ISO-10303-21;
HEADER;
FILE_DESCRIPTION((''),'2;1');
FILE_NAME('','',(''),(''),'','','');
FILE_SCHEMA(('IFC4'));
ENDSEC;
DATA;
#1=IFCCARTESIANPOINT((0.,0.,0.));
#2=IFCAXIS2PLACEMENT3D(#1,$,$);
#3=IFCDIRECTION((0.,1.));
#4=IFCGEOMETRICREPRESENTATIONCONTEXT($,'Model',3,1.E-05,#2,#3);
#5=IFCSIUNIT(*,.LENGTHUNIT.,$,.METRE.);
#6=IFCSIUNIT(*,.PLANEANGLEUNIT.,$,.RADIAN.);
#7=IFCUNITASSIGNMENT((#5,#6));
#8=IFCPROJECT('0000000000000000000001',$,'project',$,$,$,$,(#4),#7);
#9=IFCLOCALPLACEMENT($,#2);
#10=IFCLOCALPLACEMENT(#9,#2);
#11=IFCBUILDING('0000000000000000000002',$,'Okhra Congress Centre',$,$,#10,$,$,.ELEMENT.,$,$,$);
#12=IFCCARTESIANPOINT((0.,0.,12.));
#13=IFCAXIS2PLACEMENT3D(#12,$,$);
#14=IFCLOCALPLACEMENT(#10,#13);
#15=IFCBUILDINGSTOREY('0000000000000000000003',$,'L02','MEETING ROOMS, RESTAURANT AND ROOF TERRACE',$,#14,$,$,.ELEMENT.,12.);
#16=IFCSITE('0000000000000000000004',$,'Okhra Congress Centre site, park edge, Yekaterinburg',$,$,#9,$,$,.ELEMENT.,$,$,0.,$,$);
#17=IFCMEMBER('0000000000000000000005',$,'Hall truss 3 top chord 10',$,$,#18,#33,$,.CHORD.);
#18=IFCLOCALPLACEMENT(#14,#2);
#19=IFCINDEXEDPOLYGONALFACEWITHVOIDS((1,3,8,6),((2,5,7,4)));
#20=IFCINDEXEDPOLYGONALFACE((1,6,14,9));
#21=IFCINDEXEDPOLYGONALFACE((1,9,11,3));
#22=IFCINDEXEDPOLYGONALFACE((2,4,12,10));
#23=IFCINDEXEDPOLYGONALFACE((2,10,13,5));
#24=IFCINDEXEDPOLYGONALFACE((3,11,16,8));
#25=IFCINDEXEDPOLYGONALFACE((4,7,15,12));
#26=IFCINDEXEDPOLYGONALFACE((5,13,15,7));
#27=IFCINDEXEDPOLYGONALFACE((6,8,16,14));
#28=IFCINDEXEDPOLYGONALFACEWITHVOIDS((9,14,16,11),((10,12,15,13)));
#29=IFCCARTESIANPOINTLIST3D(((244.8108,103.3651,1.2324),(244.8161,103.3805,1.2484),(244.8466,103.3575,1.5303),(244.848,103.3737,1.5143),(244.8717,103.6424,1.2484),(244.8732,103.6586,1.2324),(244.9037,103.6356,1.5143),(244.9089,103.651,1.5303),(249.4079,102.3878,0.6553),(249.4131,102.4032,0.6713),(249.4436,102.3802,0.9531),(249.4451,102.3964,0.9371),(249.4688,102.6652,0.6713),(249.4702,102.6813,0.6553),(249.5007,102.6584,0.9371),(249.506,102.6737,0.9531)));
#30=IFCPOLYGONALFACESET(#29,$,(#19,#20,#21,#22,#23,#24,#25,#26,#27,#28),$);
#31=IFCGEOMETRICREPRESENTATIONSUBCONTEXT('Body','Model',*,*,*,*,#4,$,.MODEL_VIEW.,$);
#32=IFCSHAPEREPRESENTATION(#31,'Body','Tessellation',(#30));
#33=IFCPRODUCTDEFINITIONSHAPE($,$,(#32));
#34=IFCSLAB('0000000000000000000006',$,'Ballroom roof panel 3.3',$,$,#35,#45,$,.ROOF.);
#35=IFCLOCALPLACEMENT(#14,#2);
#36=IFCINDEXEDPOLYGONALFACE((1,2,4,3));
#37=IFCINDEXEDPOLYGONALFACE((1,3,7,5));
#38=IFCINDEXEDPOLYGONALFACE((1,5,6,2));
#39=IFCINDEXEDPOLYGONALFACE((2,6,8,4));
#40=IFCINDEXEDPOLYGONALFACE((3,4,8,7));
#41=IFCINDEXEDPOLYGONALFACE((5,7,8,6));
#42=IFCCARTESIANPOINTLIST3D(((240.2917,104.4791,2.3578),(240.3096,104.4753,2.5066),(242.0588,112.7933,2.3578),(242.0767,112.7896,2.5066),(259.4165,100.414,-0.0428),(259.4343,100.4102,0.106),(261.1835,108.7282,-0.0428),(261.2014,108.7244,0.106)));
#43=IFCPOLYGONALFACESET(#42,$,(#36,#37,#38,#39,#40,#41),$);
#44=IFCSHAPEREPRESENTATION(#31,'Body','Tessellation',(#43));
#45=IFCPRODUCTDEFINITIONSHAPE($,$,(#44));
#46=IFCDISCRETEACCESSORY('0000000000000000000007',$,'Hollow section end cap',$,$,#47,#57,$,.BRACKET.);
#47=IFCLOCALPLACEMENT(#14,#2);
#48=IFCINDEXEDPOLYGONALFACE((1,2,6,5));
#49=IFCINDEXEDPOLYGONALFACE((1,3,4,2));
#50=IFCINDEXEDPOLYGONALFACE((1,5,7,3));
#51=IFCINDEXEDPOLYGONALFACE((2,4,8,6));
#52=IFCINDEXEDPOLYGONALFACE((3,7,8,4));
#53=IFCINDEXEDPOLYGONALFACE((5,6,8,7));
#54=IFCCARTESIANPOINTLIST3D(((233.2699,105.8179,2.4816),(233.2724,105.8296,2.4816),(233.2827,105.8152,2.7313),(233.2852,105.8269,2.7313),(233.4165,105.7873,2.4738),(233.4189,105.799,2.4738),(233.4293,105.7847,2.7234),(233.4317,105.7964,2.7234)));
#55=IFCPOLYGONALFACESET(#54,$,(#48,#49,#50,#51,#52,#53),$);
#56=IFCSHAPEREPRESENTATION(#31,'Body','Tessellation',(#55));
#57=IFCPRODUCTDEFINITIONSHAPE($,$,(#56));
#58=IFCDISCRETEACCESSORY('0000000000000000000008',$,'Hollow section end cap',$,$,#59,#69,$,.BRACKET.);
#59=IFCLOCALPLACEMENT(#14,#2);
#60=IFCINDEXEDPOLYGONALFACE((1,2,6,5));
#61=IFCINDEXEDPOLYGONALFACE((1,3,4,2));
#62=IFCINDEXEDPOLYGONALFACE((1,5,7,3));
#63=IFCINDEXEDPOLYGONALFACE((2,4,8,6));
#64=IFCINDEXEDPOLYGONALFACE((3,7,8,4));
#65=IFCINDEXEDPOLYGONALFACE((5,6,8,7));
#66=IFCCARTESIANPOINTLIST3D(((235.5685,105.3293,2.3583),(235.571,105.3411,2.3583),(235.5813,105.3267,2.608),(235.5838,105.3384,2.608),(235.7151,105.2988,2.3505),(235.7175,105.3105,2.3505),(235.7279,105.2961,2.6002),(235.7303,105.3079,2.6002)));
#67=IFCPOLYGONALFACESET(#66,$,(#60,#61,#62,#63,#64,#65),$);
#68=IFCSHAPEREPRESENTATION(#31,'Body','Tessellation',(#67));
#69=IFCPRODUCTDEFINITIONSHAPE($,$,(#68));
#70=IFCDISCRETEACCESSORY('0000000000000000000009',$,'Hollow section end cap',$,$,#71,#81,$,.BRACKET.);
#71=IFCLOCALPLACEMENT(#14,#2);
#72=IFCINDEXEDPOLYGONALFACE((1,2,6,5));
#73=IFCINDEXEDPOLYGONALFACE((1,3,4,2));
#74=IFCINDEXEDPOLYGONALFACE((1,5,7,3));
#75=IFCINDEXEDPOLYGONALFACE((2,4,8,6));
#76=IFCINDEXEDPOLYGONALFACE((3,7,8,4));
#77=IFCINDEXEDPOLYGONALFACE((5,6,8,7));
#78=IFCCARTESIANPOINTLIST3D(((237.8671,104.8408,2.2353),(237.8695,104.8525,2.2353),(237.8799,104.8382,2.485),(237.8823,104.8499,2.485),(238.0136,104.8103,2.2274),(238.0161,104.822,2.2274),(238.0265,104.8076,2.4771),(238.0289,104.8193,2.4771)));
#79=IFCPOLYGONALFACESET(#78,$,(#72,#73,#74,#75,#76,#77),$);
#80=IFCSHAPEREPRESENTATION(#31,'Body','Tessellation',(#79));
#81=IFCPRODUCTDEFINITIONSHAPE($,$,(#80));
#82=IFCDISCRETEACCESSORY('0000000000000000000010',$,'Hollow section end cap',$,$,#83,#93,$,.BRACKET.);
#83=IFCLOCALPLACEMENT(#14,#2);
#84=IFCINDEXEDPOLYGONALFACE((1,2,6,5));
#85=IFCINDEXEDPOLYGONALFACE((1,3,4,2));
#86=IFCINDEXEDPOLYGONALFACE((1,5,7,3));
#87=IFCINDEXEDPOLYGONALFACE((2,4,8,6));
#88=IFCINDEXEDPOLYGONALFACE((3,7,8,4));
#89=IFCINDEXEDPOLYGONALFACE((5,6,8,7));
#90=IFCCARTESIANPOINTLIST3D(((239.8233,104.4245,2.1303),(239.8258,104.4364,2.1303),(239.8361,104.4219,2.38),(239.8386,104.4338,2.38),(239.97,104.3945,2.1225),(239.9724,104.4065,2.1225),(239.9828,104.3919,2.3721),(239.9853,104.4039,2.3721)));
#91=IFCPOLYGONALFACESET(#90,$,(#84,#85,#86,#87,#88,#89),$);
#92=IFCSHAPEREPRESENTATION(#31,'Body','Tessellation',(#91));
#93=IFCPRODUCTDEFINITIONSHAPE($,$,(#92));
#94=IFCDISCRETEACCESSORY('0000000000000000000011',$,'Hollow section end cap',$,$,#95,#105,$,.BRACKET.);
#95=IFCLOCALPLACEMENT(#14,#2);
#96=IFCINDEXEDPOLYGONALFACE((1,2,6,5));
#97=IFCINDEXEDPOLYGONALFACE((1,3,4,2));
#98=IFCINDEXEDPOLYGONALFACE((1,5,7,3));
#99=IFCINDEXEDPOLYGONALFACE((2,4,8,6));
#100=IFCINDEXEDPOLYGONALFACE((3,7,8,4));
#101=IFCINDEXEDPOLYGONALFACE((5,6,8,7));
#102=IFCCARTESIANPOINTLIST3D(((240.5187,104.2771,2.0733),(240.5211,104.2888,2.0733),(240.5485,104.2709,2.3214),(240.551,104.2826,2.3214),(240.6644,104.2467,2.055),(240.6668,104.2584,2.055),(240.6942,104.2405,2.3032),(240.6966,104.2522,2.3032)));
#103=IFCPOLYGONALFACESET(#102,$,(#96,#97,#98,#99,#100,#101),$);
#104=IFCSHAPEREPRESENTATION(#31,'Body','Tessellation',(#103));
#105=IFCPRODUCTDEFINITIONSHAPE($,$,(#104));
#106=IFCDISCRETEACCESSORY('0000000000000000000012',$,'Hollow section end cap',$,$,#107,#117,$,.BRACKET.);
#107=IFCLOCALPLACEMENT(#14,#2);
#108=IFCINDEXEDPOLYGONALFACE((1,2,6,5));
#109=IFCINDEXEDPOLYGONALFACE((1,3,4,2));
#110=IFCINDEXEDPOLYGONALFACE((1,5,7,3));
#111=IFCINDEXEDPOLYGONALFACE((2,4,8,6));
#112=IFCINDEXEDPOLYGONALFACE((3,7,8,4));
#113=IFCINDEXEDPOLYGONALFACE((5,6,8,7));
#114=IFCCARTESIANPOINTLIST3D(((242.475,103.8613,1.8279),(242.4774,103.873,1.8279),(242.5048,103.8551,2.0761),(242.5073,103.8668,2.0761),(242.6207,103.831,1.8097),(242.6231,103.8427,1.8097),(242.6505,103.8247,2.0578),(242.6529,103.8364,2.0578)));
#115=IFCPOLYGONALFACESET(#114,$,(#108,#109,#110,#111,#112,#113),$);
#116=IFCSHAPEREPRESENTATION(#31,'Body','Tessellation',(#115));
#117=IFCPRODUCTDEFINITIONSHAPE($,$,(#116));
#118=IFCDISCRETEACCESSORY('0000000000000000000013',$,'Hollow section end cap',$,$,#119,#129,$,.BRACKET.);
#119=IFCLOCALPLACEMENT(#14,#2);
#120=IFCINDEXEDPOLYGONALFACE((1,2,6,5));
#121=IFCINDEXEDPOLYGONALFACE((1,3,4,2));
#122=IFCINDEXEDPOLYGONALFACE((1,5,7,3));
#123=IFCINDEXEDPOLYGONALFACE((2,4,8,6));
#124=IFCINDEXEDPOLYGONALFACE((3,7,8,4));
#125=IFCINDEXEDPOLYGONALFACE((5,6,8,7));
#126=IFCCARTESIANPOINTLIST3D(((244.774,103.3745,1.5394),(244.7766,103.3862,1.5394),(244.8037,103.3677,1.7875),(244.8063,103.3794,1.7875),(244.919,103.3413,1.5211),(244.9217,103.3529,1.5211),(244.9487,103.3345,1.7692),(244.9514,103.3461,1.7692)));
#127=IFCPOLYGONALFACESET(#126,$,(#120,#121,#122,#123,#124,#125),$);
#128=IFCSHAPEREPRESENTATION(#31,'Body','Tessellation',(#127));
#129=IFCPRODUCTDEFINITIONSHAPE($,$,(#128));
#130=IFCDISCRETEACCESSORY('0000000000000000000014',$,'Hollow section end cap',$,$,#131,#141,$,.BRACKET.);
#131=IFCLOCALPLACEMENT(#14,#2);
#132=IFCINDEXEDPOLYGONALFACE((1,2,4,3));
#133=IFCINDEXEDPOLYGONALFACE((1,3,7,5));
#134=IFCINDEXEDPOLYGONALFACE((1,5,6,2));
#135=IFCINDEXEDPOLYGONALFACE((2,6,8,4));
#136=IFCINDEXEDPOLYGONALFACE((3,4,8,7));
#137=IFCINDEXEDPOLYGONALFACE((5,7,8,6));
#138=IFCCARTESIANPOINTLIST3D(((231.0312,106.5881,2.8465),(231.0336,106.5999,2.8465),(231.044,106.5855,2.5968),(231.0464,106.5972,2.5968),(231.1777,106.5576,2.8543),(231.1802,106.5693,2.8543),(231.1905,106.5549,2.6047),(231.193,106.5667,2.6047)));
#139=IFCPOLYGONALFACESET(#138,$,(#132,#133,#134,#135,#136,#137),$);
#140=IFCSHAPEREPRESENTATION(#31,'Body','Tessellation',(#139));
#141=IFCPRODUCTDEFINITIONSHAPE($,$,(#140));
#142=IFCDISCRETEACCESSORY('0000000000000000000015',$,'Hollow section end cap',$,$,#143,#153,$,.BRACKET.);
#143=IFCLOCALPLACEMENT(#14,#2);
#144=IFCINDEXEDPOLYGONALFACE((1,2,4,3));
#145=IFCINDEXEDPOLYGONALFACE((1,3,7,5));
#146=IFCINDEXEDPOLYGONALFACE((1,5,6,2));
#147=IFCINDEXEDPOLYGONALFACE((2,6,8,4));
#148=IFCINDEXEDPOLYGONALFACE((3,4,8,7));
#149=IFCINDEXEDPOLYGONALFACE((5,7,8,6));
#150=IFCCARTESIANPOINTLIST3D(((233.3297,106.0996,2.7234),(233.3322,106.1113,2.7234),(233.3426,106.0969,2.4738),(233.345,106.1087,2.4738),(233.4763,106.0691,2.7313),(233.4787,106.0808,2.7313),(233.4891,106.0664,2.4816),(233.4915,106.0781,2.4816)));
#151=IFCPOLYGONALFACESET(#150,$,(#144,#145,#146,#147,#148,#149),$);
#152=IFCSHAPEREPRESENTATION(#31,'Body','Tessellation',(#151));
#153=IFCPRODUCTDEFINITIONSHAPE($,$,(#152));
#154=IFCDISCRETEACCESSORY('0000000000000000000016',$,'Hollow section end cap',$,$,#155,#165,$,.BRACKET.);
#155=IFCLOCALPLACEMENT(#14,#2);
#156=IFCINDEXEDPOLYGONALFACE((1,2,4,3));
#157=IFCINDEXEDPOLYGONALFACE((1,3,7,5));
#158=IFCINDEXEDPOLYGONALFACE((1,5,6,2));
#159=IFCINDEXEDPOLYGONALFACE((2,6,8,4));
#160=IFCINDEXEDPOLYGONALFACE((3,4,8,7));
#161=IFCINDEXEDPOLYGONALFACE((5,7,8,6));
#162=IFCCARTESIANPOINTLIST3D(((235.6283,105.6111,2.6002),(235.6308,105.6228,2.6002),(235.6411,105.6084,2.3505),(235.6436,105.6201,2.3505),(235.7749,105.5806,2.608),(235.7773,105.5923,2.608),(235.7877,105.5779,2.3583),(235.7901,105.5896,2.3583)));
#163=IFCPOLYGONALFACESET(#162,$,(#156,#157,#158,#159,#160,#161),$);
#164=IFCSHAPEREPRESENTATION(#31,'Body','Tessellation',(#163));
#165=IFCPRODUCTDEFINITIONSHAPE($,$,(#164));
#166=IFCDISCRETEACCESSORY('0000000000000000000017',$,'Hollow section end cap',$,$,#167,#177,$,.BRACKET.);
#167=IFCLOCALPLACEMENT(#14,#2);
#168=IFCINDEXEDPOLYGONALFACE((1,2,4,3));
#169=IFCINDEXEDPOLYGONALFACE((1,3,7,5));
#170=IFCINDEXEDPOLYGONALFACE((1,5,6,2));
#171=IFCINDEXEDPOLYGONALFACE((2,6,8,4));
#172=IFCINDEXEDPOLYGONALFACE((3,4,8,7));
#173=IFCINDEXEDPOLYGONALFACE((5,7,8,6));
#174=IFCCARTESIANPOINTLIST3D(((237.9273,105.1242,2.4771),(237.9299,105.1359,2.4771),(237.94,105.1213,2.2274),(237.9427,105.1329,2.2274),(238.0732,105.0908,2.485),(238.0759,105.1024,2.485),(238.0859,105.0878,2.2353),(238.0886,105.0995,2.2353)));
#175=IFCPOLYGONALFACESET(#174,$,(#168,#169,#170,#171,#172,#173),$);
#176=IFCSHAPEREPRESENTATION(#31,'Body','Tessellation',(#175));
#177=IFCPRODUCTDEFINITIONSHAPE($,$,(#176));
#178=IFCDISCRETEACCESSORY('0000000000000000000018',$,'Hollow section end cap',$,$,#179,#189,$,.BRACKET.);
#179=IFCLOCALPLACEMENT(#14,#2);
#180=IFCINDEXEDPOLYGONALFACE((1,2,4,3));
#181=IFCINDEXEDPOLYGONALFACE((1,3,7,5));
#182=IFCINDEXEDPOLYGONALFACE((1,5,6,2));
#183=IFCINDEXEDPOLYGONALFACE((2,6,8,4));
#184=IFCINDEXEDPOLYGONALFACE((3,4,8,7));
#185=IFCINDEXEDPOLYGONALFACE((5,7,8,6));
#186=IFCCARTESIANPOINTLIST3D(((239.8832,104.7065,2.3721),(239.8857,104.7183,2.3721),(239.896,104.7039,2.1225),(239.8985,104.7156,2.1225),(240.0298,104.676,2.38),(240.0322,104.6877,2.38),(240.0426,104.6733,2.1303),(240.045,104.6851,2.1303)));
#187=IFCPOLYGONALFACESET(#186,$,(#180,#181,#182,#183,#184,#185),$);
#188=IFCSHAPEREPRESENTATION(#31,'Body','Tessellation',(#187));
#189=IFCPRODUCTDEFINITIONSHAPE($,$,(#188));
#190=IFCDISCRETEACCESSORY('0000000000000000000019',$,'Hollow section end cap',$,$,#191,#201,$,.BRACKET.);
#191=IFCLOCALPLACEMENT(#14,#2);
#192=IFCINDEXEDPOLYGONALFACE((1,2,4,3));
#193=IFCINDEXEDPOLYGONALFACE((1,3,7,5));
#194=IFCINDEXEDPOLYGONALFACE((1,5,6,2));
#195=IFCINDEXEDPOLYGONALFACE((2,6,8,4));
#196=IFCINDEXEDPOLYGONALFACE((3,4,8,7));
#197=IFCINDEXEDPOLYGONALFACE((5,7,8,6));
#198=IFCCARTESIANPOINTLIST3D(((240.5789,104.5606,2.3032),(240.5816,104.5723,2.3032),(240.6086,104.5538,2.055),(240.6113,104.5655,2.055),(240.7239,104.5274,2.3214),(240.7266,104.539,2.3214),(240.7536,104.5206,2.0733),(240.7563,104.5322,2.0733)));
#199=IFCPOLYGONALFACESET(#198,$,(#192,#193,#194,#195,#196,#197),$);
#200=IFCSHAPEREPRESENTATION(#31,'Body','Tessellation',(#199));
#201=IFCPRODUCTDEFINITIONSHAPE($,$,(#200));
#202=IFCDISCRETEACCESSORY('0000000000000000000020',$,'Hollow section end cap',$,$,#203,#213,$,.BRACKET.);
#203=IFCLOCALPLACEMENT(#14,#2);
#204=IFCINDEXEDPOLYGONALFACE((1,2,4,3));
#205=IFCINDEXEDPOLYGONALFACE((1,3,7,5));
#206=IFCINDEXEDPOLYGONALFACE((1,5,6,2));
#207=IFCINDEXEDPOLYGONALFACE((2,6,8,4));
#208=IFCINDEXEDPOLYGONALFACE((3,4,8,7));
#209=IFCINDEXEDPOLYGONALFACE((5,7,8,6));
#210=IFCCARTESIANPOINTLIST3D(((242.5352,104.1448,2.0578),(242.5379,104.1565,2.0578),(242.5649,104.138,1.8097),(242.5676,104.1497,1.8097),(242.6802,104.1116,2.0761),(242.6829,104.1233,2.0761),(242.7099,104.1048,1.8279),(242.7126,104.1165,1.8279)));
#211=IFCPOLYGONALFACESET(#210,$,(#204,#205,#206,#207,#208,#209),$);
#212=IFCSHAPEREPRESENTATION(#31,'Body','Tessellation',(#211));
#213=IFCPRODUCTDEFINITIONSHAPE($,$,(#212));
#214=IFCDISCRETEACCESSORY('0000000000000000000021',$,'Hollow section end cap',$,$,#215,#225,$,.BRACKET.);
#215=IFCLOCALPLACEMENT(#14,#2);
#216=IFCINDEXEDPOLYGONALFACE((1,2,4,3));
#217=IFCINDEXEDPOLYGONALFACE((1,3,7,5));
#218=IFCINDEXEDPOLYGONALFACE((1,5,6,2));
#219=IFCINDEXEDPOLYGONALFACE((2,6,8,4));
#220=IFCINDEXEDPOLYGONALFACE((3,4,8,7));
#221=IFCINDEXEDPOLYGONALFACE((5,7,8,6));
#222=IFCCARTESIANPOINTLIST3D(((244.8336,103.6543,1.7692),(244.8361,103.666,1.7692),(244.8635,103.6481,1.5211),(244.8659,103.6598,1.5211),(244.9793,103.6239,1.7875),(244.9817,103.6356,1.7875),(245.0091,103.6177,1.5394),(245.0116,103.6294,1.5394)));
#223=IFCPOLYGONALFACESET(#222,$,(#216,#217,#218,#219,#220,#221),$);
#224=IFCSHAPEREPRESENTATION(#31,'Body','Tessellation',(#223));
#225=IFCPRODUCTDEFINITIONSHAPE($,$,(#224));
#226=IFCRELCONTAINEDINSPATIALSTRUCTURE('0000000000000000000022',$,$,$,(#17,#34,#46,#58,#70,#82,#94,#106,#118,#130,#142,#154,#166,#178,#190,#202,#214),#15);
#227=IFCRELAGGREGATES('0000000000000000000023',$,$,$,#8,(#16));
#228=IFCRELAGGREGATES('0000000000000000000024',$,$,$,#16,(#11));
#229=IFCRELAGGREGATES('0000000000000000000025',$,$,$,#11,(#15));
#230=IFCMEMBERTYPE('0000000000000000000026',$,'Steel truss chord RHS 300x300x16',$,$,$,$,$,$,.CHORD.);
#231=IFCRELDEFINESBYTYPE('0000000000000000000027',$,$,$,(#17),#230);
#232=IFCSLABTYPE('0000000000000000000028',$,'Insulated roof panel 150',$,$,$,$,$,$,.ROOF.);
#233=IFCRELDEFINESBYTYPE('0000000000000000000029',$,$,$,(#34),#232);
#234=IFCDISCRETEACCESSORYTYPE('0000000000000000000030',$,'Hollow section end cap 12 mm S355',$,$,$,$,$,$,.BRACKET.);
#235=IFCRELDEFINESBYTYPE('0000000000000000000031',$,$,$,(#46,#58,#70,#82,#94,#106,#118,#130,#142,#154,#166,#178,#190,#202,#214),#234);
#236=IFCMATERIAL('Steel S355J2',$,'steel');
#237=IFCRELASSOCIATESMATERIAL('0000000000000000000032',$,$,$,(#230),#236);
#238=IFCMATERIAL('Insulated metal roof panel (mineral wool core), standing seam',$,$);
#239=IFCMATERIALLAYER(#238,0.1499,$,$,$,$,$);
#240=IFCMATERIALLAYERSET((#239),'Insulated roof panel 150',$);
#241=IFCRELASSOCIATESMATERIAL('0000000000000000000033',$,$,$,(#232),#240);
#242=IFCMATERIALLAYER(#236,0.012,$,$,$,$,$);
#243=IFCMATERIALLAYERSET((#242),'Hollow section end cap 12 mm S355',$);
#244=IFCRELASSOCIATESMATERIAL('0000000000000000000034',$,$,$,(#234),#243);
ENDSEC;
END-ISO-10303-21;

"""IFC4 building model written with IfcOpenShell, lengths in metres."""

from ifc_helpers import new_model, si_unit, direction, frame, origin, origin_2d, place, context, subcontext, project, spatial, polyline, rectangle, hollow_rectangle, outline, extrude, material, layer, layer_set, material_profile, profile_set, type_object, element, save


model = new_model("IFC4")

# Units and contexts
model_context = context("Model", 3, precision=1e-05, world=origin(), true_north=direction((0.0, 1.0)))
body_context = subcontext(model_context, "Body", "Model", "MODEL_VIEW")
ifc_project = project(units=[si_unit("LENGTHUNIT", "METRE"), si_unit("PLANEANGLEUNIT", "RADIAN")], contexts=[model_context])

# Site, building, storey
site_placement = place(None, origin())
site = spatial("IfcSite", under=ifc_project, at=site_placement, Name="Okhra Congress Centre site, park edge, Yekaterinburg", CompositionType="ELEMENT", RefElevation=0.0)
building_placement = place(site_placement, origin())
building = spatial("IfcBuilding", under=site, at=building_placement, Name="Okhra Congress Centre", CompositionType="ELEMENT")
storey_placement = place(building_placement, frame((0.0, 0.0, 12.0)))
storey = spatial("IfcBuildingStorey", under=building, at=storey_placement, Name="L02", Description="MEETING ROOMS, RESTAURANT AND ROOF TERRACE", CompositionType="ELEMENT", Elevation=12.0)

# Member
ifc_material_1 = material(Name="Steel S355J2", Category="steel")
ifc_material_profile_1 = material_profile(ifc_material_1, hollow_rectangle(XDim=0.3, YDim=0.3, WallThickness=0.0161, at=origin_2d()), Name="RHS 300x300x16")
ifc_profile_set_1 = profile_set([ifc_material_profile_1], Name="Steel S355J2")
member_type_1 = type_object("IfcMemberType", Name="Steel truss chord RHS 300x300x16", PredefinedType="CHORD", material=ifc_profile_set_1)
member_1_placement = place(storey_placement, frame((244.8599, 103.5081, 1.3813), z_axis=(0.970849, -0.206389, -0.121885), x_axis=(0.20794, 0.978142, 0.0)))
element("IfcMember", 1, at=member_1_placement, inside=storey, type_object=member_type_1, Name="Hall truss 3 top chord 10", PredefinedType="CHORD", context=body_context, shape_type="SweptSolid", body=[
    extrude(hollow_rectangle(XDim=0.3, YDim=0.3, WallThickness=0.0161, at=origin_2d()), origin(), (0.0, 0.0, 1.0), 4.7351),
])

# Slab
ifc_material_2 = material(Name="Insulated metal roof panel (mineral wool core), standing seam")
ifc_layer_1 = layer(ifc_material_2, 0.1499)
ifc_layer_set_1 = layer_set([ifc_layer_1], Name="Insulated roof panel 150")
slab_type = type_object("IfcSlabType", Name="Insulated roof panel 150", PredefinedType="ROOF", material=ifc_layer_set_1)
slab_placement = place(storey_placement, frame((240.3096, 104.4753, 2.5066), z_axis=(0.119204, -0.025335, 0.992546), x_axis=(0.970856, -0.206367, -0.121867)))
element("IfcSlab", 2, at=slab_placement, inside=storey, type_object=slab_type, Name="Ballroom roof panel 3.3", PredefinedType="ROOF", context=body_context, shape_type="SweptSolid", body=[
    extrude(outline(polyline([(0.0, 0.0), (19.6989, 0.0), (19.6987, 8.4999), (-0.0002, 8.4999), (0.0, 0.0)])), origin(), (0.0, 0.0, -1.0), 0.1499),
])

# Discrete accessories
ifc_layer_2 = layer(ifc_material_1, 0.012)
ifc_layer_set_2 = layer_set([ifc_layer_2], Name="Hollow section end cap 12 mm S355")
discrete_accessory_type = type_object("IfcDiscreteAccessoryType", Name="Hollow section end cap 12 mm S355", PredefinedType="BRACKET", material=ifc_layer_set_2)
for number, where, z_axis, x_axis, name in (
    (3, (233.3496, 105.8013, 2.6025), (0.203954, 0.97898, 0.0), (-0.977639, 0.203675, 0.052336), "Hollow section end cap"),
    (4, (235.6482, 105.3127, 2.4792), (0.203954, 0.97898, 0.0), (-0.977639, 0.203675, 0.052336), "Hollow section end cap"),
    (5, (237.9468, 104.8242, 2.3562), (0.203954, 0.97898, 0.0), (-0.977639, 0.203675, 0.052336), "Hollow section end cap"),
):
    element("IfcDiscreteAccessory", number, at=place(storey_placement, frame(where, z_axis=z_axis, x_axis=x_axis)), inside=storey, type_object=discrete_accessory_type, Name=name, PredefinedType="BRACKET", context=body_context, shape_type="SweptSolid", body=[
        extrude(rectangle(XDim=0.1499, YDim=0.25, at=origin_2d()), origin(), (0.0, 0.0, 1.0), 0.012),
    ])
discrete_accessory_placement = place(storey_placement, frame((239.9031, 104.4082, 2.2512), z_axis=(0.19996, 0.979804, 0.0), x_axis=(-0.978461, 0.199686, 0.052336)))
element("IfcDiscreteAccessory", 6, at=discrete_accessory_placement, inside=storey, type_object=discrete_accessory_type, Name="Hollow section end cap", PredefinedType="BRACKET", context=body_context, shape_type="SweptSolid", body=[
    extrude(rectangle(XDim=0.1499, YDim=0.25, at=origin_2d()), origin(), (0.0, 0.0, 1.0), 0.0122),
])
for number, where, z_axis, x_axis, name in (
    (7, (240.6064, 104.2588, 2.1882), (0.203954, 0.97898, 0.0), (-0.971683, 0.202434, 0.121869), "Hollow section end cap"),
    (8, (242.5627, 103.843, 1.9429), (0.203954, 0.97898, 0.0), (-0.971683, 0.202434, 0.121869), "Hollow section end cap"),
    (9, (244.8613, 103.3545, 1.6543), (0.223376, 0.974732, 0.0), (-0.967467, 0.221711, 0.121869), "Hollow section end cap"),
    (10, (231.1133, 106.5833, 2.7256), (-0.203954, -0.97898, 0.0), (0.977639, -0.203675, 0.052336), "Hollow section end cap"),
    (11, (233.4119, 106.0947, 2.6025), (-0.203954, -0.97898, 0.0), (0.977639, -0.203675, 0.052336), "Hollow section end cap"),
    (12, (235.7104, 105.6062, 2.4792), (-0.203954, -0.97898, 0.0), (0.977639, -0.203675, 0.052336), "Hollow section end cap"),
    (13, (238.0093, 105.1177, 2.3562), (-0.223376, -0.974732, 0.0), (0.973396, -0.22307, 0.052336), "Hollow section end cap"),
    (14, (239.9653, 104.7017, 2.2512), (-0.203954, -0.97898, 0.0), (0.977639, -0.203675, 0.052336), "Hollow section end cap"),
    (15, (240.6689, 104.5522, 2.1882), (-0.223376, -0.974732, 0.0), (0.967467, -0.221711, 0.121869), "Hollow section end cap"),
    (16, (242.6252, 104.1365, 1.9429), (-0.223376, -0.974732, 0.0), (0.967467, -0.221711, 0.121869), "Hollow section end cap"),
    (17, (244.9238, 103.6477, 1.6543), (-0.203954, -0.97898, 0.0), (0.971683, -0.202434, 0.121869), "Hollow section end cap"),
):
    element("IfcDiscreteAccessory", number, at=place(storey_placement, frame(where, z_axis=z_axis, x_axis=x_axis)), inside=storey, type_object=discrete_accessory_type, Name=name, PredefinedType="BRACKET", context=body_context, shape_type="SweptSolid", body=[
        extrude(rectangle(XDim=0.1499, YDim=0.25, at=origin_2d()), origin(), (0.0, 0.0, 1.0), 0.012),
    ])

save(model, "model.ifc")
